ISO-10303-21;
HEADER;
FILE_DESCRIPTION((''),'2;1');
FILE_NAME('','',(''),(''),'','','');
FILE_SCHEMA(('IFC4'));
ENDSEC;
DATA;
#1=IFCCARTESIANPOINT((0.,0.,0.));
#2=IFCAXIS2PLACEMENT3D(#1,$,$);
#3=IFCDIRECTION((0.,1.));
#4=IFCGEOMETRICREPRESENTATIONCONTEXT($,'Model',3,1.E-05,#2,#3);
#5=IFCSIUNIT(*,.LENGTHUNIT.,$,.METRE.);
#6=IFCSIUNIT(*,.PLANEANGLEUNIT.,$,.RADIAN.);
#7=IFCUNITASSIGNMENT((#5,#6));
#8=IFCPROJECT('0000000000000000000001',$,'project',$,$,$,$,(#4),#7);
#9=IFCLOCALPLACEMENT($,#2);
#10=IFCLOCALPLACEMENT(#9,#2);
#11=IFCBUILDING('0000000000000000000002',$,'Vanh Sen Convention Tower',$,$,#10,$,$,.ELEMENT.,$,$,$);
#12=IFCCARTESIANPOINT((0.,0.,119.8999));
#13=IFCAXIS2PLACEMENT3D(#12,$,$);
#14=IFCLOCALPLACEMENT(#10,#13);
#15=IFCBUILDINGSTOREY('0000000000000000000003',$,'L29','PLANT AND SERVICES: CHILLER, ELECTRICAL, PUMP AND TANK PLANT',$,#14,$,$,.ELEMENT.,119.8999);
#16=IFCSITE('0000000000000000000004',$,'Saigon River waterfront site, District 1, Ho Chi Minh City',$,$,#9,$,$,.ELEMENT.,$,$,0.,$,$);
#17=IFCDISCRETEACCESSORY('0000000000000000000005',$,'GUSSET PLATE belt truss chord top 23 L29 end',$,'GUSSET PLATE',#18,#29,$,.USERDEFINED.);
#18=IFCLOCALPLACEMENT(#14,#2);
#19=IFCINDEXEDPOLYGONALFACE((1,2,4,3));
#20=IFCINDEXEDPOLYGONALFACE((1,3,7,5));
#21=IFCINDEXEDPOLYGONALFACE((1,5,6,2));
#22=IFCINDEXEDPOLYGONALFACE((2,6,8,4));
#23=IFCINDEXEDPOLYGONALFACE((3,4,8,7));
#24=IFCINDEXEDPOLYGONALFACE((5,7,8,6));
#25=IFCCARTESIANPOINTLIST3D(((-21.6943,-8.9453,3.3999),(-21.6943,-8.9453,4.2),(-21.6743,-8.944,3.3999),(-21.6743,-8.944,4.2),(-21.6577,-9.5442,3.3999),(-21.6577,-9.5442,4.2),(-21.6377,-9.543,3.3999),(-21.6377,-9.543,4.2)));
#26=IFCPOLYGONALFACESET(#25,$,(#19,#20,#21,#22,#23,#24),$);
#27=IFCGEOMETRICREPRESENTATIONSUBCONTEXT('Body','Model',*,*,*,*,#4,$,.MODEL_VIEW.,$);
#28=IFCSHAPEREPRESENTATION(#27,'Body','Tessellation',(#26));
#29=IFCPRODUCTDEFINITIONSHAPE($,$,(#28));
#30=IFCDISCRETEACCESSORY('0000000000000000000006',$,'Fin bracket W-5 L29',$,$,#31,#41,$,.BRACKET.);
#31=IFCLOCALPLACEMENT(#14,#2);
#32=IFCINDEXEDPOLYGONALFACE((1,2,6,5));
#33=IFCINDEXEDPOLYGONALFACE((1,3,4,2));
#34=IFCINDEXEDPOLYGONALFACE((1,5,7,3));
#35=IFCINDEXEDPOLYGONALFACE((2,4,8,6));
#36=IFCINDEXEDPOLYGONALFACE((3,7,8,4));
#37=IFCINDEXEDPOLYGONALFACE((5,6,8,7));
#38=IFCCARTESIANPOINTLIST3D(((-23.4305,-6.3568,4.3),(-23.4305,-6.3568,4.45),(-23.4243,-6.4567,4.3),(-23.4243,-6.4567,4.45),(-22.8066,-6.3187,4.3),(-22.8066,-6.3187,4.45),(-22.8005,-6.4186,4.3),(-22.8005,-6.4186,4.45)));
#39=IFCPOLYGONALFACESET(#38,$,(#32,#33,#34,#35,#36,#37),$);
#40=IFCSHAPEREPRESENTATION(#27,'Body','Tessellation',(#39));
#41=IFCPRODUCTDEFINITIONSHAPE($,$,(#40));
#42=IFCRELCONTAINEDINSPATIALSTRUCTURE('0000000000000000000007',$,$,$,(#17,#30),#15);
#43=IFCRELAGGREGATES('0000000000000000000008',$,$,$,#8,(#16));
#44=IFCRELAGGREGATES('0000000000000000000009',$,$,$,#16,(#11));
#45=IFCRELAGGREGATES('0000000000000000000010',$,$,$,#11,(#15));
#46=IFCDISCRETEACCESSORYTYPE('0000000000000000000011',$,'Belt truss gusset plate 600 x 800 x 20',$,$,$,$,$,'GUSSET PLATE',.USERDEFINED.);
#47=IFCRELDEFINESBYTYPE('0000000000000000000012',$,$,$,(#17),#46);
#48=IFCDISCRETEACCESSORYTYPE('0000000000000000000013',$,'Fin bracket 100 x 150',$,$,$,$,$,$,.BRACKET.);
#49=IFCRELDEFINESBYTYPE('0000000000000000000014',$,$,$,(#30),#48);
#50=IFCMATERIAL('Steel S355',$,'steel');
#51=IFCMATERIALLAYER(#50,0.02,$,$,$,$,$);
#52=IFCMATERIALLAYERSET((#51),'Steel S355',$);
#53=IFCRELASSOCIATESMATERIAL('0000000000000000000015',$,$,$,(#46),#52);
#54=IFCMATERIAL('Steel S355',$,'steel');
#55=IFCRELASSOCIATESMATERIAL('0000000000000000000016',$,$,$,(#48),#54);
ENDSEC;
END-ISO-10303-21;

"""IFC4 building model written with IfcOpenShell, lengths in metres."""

from ifc_helpers import new_model, si_unit, direction, frame, origin, origin_2d, place, context, subcontext, project, spatial, rectangle, extrude, material, layer, layer_set, type_object, element, save


model = new_model("IFC4")

# Units and contexts
model_context = context("Model", 3, precision=1e-05, world=origin(), true_north=direction((0.0, 1.0)))
body_context = subcontext(model_context, "Body", "Model", "MODEL_VIEW")
ifc_project = project(units=[si_unit("LENGTHUNIT", "METRE"), si_unit("PLANEANGLEUNIT", "RADIAN")], contexts=[model_context])

# Site, building, storey
site_placement = place(None, origin())
site = spatial("IfcSite", under=ifc_project, at=site_placement, Name="Saigon River waterfront site, District 1, Ho Chi Minh City", CompositionType="ELEMENT", RefElevation=0.0)
building_placement = place(site_placement, origin())
building = spatial("IfcBuilding", under=site, at=building_placement, Name="Vanh Sen Convention Tower", CompositionType="ELEMENT")
storey_placement = place(building_placement, frame((0.0, 0.0, 119.8999)))
storey = spatial("IfcBuildingStorey", under=building, at=storey_placement, Name="L29", Description="PLANT AND SERVICES: CHILLER, ELECTRICAL, PUMP AND TANK PLANT", CompositionType="ELEMENT", Elevation=119.8999)

# Shared definitions
ifc_material_1 = material(Name="Steel S355", Category="steel")

# Discrete accessories
ifc_layer_1 = layer(ifc_material_1, 0.02)
ifc_layer_set_1 = layer_set([ifc_layer_1], Name="Steel S355")
discrete_accessory_type_1 = type_object("IfcDiscreteAccessoryType", Name="Belt truss gusset plate 600 x 800 x 20", ElementType="GUSSET PLATE", PredefinedType="USERDEFINED", material=ifc_layer_set_1)
for number, where, z_axis, x_axis, name in (
    (1, (-21.666, -9.2441, 3.3999), (0.0, 0.0, 1.0), (-0.061047, 0.998135, 0.0), "GUSSET PLATE belt truss chord top 23 L29 end"),
):
    element("IfcDiscreteAccessory", number, at=place(storey_placement, frame(where, z_axis=z_axis, x_axis=x_axis)), inside=storey, type_object=discrete_accessory_type_1, Name=name, ObjectType="GUSSET PLATE", PredefinedType="USERDEFINED", context=body_context, shape_type="SweptSolid", body=[
        extrude(rectangle(XDim=0.6001, YDim=0.02, at=origin_2d()), origin(), (0.0, 0.0, 1.0), 0.8),
    ])
ifc_material_2 = material(Name="Steel S355", Category="steel")
discrete_accessory_type_2 = type_object("IfcDiscreteAccessoryType", Name="Fin bracket 100 x 150", PredefinedType="BRACKET", material=ifc_material_2)
discrete_accessory_placement = place(storey_placement, frame((-23.1155, -6.3877, 4.3), z_axis=(0.0, 0.0, 1.0), x_axis=(-0.998135, -0.061049, 0.0)))
element("IfcDiscreteAccessory", 2, at=discrete_accessory_placement, inside=storey, type_object=discrete_accessory_type_2, Name="Fin bracket W-5 L29", PredefinedType="BRACKET", context=body_context, shape_type="SweptSolid", body=[
    extrude(rectangle(XDim=0.625, YDim=0.1001, at=origin_2d()), origin(), (0.0, 0.0, 1.0), 0.1499),
])

save(model, "model.ifc")
